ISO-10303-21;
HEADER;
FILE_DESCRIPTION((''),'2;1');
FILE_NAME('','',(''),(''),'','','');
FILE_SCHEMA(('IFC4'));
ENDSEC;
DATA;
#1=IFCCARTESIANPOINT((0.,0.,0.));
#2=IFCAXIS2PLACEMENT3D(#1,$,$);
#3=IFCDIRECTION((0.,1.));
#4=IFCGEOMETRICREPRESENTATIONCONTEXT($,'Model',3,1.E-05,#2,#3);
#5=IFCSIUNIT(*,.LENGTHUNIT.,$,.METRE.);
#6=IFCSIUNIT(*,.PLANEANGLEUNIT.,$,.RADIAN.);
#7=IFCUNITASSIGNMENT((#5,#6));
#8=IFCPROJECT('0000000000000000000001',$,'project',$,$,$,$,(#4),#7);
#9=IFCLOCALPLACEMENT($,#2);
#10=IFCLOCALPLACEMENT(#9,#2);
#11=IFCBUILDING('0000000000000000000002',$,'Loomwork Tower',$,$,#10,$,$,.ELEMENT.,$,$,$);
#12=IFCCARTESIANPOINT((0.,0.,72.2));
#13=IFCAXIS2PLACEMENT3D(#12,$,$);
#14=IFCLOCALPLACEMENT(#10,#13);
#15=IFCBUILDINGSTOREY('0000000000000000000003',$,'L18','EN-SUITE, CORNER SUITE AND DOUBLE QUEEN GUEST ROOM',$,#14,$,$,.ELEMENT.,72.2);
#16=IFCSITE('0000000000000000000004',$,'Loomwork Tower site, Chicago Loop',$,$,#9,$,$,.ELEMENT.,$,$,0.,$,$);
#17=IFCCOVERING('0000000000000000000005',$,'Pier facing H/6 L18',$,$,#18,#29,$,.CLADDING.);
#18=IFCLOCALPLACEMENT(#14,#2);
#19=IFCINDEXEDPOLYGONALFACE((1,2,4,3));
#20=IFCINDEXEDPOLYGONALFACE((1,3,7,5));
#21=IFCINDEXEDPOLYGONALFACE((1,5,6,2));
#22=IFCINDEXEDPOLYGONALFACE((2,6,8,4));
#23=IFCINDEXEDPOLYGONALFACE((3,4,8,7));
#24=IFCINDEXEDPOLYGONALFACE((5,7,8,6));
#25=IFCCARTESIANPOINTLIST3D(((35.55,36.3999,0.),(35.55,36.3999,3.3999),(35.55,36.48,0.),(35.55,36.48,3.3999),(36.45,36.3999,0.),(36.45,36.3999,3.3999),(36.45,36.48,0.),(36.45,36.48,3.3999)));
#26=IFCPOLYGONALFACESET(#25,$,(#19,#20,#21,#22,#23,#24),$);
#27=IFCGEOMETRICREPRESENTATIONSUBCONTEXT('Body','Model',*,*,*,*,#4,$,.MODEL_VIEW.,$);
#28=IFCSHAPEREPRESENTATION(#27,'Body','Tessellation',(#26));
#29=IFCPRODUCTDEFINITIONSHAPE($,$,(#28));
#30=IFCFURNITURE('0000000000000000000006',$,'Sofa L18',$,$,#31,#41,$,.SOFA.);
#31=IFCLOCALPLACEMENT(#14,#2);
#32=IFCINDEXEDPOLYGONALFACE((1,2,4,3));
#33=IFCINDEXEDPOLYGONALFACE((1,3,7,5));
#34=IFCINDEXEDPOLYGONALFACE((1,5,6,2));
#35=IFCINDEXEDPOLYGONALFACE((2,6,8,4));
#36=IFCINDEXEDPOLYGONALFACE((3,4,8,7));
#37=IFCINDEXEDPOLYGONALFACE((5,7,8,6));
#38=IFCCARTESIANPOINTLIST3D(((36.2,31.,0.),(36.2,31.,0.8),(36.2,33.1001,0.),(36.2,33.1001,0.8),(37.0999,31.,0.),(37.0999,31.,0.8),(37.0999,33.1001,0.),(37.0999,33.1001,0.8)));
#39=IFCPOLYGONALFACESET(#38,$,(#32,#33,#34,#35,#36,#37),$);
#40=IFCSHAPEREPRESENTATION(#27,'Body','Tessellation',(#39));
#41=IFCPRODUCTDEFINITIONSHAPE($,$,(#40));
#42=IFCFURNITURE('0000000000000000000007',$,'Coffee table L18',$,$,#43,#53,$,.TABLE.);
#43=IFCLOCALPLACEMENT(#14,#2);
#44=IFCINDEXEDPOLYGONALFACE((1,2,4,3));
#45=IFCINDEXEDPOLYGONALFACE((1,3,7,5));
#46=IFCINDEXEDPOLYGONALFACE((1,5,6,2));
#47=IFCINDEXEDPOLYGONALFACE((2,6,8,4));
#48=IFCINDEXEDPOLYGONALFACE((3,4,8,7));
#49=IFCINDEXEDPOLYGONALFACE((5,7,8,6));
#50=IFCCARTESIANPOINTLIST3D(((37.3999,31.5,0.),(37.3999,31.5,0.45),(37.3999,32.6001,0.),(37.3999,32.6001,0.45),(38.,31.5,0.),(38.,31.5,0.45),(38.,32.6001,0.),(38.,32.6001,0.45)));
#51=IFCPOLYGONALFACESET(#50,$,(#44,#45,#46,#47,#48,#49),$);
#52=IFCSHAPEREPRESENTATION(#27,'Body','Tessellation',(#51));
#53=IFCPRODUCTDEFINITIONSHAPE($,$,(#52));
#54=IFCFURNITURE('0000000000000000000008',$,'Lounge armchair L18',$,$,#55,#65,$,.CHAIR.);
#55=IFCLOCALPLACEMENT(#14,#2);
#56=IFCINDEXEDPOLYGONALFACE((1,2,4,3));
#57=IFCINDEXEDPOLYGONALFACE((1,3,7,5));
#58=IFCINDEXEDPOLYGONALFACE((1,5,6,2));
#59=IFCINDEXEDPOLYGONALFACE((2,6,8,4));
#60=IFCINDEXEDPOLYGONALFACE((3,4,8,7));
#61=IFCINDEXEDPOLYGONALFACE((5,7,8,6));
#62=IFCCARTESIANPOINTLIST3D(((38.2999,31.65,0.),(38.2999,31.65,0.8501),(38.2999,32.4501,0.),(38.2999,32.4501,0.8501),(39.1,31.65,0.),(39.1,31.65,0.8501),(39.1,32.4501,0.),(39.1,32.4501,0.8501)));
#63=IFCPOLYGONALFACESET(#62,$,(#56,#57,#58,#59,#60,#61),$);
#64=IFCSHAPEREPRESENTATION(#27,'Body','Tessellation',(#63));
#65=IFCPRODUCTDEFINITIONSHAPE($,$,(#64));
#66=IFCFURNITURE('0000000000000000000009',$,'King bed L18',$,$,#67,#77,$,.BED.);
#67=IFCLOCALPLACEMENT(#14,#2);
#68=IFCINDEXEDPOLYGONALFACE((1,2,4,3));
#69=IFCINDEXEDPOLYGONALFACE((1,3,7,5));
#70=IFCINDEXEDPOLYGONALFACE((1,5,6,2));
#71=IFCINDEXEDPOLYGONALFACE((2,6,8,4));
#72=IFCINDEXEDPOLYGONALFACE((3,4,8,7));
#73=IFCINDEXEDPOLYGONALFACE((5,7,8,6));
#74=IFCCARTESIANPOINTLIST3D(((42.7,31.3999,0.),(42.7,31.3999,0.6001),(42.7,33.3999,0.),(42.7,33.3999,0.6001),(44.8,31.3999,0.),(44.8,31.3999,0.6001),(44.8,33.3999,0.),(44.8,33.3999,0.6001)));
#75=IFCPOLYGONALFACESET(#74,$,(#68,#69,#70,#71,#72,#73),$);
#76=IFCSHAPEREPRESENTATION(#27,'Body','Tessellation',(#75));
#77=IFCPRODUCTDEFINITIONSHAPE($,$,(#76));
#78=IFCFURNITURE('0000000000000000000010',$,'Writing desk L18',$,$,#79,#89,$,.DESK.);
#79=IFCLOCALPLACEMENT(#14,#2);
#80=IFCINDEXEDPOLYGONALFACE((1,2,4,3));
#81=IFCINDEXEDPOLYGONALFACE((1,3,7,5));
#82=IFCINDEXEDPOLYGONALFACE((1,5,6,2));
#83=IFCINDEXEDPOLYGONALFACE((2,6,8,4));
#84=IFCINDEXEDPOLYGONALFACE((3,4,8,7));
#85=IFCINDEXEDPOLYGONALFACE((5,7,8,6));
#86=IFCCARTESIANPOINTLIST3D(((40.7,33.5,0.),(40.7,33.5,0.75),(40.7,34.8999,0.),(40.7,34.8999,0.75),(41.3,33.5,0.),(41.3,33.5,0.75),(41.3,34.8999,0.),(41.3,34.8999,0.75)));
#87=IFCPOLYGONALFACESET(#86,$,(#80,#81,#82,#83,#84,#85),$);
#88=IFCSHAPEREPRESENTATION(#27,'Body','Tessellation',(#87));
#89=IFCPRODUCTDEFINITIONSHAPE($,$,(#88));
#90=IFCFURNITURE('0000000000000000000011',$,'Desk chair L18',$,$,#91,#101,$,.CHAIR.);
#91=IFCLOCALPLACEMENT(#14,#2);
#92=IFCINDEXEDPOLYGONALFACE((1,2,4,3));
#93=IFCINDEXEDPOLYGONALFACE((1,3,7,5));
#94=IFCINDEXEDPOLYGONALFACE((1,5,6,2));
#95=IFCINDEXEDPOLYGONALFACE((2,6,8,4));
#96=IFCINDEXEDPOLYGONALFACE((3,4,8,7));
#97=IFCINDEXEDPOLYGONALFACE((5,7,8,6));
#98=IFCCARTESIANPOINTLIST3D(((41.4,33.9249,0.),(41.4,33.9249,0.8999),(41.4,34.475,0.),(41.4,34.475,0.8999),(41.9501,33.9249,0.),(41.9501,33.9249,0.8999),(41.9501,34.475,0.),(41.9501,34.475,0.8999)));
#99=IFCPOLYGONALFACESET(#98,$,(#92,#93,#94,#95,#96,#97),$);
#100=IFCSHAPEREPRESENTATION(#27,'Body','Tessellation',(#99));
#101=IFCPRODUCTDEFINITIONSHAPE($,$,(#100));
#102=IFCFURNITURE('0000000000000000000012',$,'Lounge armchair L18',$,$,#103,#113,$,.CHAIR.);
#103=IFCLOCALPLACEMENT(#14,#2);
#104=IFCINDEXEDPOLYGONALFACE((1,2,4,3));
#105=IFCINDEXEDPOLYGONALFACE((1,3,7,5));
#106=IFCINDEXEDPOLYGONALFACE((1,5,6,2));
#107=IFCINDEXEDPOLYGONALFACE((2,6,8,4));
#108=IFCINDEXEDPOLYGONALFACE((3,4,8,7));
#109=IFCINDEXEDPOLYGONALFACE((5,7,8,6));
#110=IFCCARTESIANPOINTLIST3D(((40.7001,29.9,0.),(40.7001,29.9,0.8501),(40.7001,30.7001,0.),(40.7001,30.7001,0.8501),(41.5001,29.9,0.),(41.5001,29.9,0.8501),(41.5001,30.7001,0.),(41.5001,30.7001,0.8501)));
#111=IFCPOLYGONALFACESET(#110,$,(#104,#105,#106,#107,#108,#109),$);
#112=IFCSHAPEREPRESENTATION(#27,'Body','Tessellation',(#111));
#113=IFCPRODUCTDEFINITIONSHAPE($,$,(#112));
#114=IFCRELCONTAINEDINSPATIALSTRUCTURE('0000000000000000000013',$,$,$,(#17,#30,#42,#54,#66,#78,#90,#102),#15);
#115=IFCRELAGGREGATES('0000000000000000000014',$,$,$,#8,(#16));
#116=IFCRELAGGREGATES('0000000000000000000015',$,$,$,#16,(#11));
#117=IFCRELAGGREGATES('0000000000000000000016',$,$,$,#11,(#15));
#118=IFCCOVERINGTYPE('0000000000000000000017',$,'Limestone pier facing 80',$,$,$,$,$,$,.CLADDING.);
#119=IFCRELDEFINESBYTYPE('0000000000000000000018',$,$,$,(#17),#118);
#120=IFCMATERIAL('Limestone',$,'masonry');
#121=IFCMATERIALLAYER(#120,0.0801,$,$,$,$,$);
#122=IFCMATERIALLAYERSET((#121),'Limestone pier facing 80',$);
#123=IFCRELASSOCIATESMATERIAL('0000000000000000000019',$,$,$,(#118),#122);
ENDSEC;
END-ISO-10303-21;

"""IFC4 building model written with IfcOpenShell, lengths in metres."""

from ifc_helpers import new_model, si_unit, direction, frame, origin, origin_2d, place, context, subcontext, project, spatial, rectangle, extrude, material, layer, layer_set, type_object, element, save


model = new_model("IFC4")

# Units and contexts
model_context = context("Model", 3, precision=1e-05, world=origin(), true_north=direction((0.0, 1.0)))
body_context = subcontext(model_context, "Body", "Model", "MODEL_VIEW")
ifc_project = project(units=[si_unit("LENGTHUNIT", "METRE"), si_unit("PLANEANGLEUNIT", "RADIAN")], contexts=[model_context])

# Site, building, storey
site_placement = place(None, origin())
site = spatial("IfcSite", under=ifc_project, at=site_placement, Name="Loomwork Tower site, Chicago Loop", CompositionType="ELEMENT", RefElevation=0.0)
building_placement = place(site_placement, origin())
building = spatial("IfcBuilding", under=site, at=building_placement, Name="Loomwork Tower", CompositionType="ELEMENT")
storey_placement = place(building_placement, frame((0.0, 0.0, 72.2)))
storey = spatial("IfcBuildingStorey", under=building, at=storey_placement, Name="L18", Description="EN-SUITE, CORNER SUITE AND DOUBLE QUEEN GUEST ROOM", CompositionType="ELEMENT", Elevation=72.2)

# Covering
ifc_material_1 = material(Name="Limestone", Category="masonry")
ifc_layer_1 = layer(ifc_material_1, 0.0801)
ifc_layer_set_1 = layer_set([ifc_layer_1], Name="Limestone pier facing 80")
covering_type = type_object("IfcCoveringType", Name="Limestone pier facing 80", PredefinedType="CLADDING", material=ifc_layer_set_1)
covering_placement = place(storey_placement, frame((36.0, 36.4399, 0.0), z_axis=(0.0, 0.0, 1.0), x_axis=(1.0, 0.0, 0.0)))
element("IfcCovering", 1, at=covering_placement, inside=storey, type_object=covering_type, Name="Pier facing H/6 L18", PredefinedType="CLADDING", context=body_context, shape_type="SweptSolid", body=[
    extrude(rectangle(XDim=0.8999, YDim=0.0801, at=origin_2d()), origin(), (0.0, 0.0, 1.0), 3.3999),
])

# Furniture
furniture_1_placement = place(storey_placement, frame((36.6499, 32.05, 0.0), z_axis=(0.0, 0.0, 1.0), x_axis=(1.0, 0.0, 0.0)))
element("IfcFurniture", 2, at=furniture_1_placement, inside=storey, Name="Sofa L18", PredefinedType="SOFA", context=body_context, shape_type="SweptSolid", body=[
    extrude(rectangle(XDim=0.8999, YDim=2.1001, at=origin_2d()), origin(), (0.0, 0.0, 1.0), 0.8),
])
furniture_2_placement = place(storey_placement, frame((37.7, 32.05, 0.0), z_axis=(0.0, 0.0, 1.0), x_axis=(1.0, 0.0, 0.0)))
element("IfcFurniture", 3, at=furniture_2_placement, inside=storey, Name="Coffee table L18", PredefinedType="TABLE", context=body_context, shape_type="SweptSolid", body=[
    extrude(rectangle(XDim=0.6001, YDim=1.1001, at=origin_2d()), origin(), (0.0, 0.0, 1.0), 0.45),
])
furniture_3_placement = place(storey_placement, frame((38.7, 32.05, 0.0), z_axis=(0.0, 0.0, 1.0), x_axis=(1.0, 0.0, 0.0)))
element("IfcFurniture", 4, at=furniture_3_placement, inside=storey, Name="Lounge armchair L18", PredefinedType="CHAIR", context=body_context, shape_type="SweptSolid", body=[
    extrude(rectangle(XDim=0.8, YDim=0.8, at=origin_2d()), origin(), (0.0, 0.0, 1.0), 0.8501),
])
furniture_4_placement = place(storey_placement, frame((43.75, 32.3999, 0.0), z_axis=(0.0, 0.0, 1.0), x_axis=(1.0, 0.0, 0.0)))
element("IfcFurniture", 5, at=furniture_4_placement, inside=storey, Name="King bed L18", PredefinedType="BED", context=body_context, shape_type="SweptSolid", body=[
    extrude(rectangle(XDim=2.1001, YDim=2.0, at=origin_2d()), origin(), (0.0, 0.0, 1.0), 0.6001),
])
furniture_5_placement = place(storey_placement, frame((41.0, 34.2, 0.0), z_axis=(0.0, 0.0, 1.0), x_axis=(1.0, 0.0, 0.0)))
element("IfcFurniture", 6, at=furniture_5_placement, inside=storey, Name="Writing desk L18", PredefinedType="DESK", context=body_context, shape_type="SweptSolid", body=[
    extrude(rectangle(XDim=0.6001, YDim=1.3999, at=origin_2d()), origin(), (0.0, 0.0, 1.0), 0.75),
])
furniture_6_placement = place(storey_placement, frame((41.675, 34.2, 0.0), z_axis=(0.0, 0.0, 1.0), x_axis=(1.0, 0.0, 0.0)))
element("IfcFurniture", 7, at=furniture_6_placement, inside=storey, Name="Desk chair L18", PredefinedType="CHAIR", context=body_context, shape_type="SweptSolid", body=[
    extrude(rectangle(XDim=0.55, YDim=0.55, at=origin_2d()), origin(), (0.0, 0.0, 1.0), 0.8999),
])
furniture_7_placement = place(storey_placement, frame((41.1001, 30.3, 0.0), z_axis=(0.0, 0.0, 1.0), x_axis=(1.0, 0.0, 0.0)))
element("IfcFurniture", 8, at=furniture_7_placement, inside=storey, Name="Lounge armchair L18", PredefinedType="CHAIR", context=body_context, shape_type="SweptSolid", body=[
    extrude(rectangle(XDim=0.8, YDim=0.8, at=origin_2d()), origin(), (0.0, 0.0, 1.0), 0.8501),
])

save(model, "model.ifc")
